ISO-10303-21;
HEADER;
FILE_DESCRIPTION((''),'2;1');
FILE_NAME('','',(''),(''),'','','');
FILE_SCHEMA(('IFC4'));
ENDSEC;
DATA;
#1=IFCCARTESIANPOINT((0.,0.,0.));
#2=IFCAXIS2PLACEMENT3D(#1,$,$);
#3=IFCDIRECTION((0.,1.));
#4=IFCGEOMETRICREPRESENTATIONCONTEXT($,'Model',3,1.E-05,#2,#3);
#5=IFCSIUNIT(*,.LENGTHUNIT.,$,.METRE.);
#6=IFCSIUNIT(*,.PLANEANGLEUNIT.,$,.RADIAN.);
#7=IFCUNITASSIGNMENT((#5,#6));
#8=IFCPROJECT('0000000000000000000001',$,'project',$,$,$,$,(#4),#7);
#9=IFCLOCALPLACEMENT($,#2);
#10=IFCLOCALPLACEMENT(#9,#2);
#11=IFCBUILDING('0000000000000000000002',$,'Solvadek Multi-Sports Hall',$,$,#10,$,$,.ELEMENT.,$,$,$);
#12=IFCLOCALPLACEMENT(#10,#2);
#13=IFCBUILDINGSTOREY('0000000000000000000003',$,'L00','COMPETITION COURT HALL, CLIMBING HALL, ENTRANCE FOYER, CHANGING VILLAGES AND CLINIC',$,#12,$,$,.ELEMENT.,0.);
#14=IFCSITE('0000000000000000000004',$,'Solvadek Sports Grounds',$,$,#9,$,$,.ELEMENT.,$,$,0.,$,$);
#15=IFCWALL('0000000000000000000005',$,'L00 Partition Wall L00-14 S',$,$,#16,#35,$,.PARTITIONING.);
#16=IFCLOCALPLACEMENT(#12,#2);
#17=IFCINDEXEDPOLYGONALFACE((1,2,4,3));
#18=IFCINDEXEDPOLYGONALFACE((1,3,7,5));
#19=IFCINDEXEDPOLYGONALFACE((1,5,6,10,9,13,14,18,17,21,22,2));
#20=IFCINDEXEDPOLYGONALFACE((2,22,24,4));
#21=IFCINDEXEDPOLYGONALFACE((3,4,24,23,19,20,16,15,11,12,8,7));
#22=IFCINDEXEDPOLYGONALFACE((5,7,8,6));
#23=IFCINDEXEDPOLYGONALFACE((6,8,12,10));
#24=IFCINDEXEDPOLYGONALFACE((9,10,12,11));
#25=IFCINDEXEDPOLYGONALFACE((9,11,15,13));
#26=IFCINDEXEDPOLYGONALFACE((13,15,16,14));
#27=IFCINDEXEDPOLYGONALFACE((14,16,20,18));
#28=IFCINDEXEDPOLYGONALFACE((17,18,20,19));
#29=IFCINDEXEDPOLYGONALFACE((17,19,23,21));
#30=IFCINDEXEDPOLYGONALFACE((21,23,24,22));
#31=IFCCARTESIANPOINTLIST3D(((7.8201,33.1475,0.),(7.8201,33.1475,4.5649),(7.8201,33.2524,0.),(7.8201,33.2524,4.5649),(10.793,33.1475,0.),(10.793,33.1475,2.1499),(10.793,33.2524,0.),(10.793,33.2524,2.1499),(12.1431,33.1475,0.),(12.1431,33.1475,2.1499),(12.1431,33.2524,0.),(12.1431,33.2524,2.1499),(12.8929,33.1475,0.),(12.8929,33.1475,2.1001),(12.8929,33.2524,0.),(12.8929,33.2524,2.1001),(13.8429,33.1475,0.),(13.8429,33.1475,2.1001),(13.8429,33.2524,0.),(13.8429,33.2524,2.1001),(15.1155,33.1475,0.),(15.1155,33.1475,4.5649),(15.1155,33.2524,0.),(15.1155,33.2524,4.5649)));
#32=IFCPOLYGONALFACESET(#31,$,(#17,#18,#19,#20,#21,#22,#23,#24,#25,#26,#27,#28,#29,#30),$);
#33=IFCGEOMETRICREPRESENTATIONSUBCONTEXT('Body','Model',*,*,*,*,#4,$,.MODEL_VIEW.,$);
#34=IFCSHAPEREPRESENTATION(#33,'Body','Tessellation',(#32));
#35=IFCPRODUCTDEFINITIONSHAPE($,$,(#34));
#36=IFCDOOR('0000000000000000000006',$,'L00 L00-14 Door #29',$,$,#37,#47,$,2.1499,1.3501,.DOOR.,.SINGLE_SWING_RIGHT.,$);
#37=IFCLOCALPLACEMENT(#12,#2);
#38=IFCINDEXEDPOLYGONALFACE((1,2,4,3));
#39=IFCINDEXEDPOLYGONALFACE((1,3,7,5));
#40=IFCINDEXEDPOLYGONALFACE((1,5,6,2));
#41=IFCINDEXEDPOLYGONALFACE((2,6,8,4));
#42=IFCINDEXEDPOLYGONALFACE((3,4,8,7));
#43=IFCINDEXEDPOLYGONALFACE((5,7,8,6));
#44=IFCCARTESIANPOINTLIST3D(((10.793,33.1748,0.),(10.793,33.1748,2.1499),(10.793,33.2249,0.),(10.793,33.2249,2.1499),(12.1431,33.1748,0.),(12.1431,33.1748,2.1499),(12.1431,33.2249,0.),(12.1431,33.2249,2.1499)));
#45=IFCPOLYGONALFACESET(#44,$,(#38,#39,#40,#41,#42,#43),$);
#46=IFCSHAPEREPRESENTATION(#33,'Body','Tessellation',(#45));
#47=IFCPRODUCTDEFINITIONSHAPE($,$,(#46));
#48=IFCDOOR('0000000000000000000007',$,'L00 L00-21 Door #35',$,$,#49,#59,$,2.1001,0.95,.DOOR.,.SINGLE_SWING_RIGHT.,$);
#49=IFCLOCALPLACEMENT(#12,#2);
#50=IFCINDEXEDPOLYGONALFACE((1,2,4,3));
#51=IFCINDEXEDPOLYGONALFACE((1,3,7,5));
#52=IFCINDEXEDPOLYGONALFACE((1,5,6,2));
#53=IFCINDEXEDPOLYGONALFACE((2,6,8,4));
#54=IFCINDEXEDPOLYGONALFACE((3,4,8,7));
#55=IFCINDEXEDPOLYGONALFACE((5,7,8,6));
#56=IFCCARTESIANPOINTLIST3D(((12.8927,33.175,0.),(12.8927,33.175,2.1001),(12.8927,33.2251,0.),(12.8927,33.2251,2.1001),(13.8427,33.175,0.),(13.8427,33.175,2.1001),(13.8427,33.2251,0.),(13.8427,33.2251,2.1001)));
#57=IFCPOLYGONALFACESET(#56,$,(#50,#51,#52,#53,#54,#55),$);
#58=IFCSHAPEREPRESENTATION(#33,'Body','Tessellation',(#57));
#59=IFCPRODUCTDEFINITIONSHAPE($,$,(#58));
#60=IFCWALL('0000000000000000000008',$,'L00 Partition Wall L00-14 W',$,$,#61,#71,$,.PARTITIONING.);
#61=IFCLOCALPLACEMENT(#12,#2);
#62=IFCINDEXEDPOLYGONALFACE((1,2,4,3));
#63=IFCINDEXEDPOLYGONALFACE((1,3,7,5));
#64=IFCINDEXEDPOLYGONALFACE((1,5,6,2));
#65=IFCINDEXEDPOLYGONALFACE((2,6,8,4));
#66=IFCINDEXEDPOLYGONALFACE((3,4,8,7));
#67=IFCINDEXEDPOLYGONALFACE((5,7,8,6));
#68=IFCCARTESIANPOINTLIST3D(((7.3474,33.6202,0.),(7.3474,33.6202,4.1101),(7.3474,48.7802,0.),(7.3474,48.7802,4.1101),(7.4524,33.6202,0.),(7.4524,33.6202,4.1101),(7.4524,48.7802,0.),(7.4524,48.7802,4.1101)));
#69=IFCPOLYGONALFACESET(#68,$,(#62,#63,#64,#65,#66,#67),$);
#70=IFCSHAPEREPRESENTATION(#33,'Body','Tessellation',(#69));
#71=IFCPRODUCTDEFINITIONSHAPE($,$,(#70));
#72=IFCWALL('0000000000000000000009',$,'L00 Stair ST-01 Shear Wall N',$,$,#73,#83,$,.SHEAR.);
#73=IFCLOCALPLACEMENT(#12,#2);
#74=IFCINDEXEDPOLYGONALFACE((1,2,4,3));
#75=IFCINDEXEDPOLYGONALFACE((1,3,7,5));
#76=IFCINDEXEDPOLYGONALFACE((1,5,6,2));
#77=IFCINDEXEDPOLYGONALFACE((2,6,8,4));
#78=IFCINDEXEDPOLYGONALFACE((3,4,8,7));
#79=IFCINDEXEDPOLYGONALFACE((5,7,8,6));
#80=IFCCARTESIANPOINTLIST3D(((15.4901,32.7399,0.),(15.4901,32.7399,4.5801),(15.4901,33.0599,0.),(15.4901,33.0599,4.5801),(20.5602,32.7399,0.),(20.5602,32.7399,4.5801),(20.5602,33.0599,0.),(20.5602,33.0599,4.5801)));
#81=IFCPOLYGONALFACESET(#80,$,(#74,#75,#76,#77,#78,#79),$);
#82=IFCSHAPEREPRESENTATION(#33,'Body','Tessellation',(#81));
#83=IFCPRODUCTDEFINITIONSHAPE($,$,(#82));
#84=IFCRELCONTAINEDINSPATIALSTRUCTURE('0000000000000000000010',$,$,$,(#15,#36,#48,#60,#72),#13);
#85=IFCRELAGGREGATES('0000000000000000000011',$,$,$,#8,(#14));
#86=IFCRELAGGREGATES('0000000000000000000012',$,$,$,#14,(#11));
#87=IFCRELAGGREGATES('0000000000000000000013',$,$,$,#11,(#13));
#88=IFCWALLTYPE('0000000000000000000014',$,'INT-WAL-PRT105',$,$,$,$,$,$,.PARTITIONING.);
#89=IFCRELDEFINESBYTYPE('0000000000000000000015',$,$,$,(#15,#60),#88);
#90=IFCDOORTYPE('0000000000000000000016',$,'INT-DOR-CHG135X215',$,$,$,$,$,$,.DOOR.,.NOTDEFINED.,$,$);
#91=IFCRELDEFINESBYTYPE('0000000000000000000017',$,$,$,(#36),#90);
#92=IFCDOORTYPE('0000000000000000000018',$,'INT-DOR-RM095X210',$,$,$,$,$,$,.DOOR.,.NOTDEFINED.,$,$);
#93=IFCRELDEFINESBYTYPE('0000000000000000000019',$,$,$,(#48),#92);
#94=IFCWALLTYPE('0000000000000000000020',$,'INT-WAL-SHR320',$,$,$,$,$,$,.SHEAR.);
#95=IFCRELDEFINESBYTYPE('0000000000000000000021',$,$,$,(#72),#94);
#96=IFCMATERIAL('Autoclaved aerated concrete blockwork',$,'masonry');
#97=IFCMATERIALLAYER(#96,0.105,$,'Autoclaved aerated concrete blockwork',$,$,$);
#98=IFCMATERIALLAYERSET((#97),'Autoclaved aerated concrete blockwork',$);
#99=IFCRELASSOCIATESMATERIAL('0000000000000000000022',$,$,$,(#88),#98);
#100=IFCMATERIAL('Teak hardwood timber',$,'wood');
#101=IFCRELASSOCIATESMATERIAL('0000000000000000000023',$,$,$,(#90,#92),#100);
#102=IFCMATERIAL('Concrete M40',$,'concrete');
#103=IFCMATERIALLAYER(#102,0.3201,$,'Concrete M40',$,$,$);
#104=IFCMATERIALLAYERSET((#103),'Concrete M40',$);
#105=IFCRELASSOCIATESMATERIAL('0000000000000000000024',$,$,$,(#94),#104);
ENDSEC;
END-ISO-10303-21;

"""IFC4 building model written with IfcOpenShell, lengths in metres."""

from ifc_helpers import new_model, si_unit, direction, frame, frame_2d, origin, place, context, subcontext, project, spatial, rectangle, extrude, material, layer, layer_set, type_object, element, fill, save


model = new_model("IFC4")

# Units and contexts
model_context = context("Model", 3, precision=1e-05, world=origin(), true_north=direction((0.0, 1.0)))
body_context = subcontext(model_context, "Body", "Model", "MODEL_VIEW")
ifc_project = project(units=[si_unit("LENGTHUNIT", "METRE"), si_unit("PLANEANGLEUNIT", "RADIAN")], contexts=[model_context])

# Site, building, storey
site_placement = place(None, origin())
site = spatial("IfcSite", under=ifc_project, at=site_placement, Name="Solvadek Sports Grounds", CompositionType="ELEMENT", RefElevation=0.0)
building_placement = place(site_placement, origin())
building = spatial("IfcBuilding", under=site, at=building_placement, Name="Solvadek Multi-Sports Hall", CompositionType="ELEMENT")
storey_placement = place(building_placement, origin())
storey = spatial("IfcBuildingStorey", under=building, at=storey_placement, Name="L00", Description="COMPETITION COURT HALL, CLIMBING HALL, ENTRANCE FOYER, CHANGING VILLAGES AND CLINIC", CompositionType="ELEMENT", Elevation=0.0)

# Wall, openings, doors
ifc_material_1 = material(Name="Autoclaved aerated concrete blockwork", Category="masonry")
ifc_layer_1 = layer(ifc_material_1, 0.105, Name="Autoclaved aerated concrete blockwork")
ifc_layer_set_1 = layer_set([ifc_layer_1], Name="Autoclaved aerated concrete blockwork")
wall_type_1 = type_object("IfcWallType", Name="INT-WAL-PRT105", PredefinedType="PARTITIONING", material=ifc_layer_set_1)
wall_1_placement = place(storey_placement, frame((7.8201, 33.2, 0.0), z_axis=(0.0, 0.0, 1.0), x_axis=(1.0, 0.0, 0.0)))
wall_1 = element("IfcWall", 1, at=wall_1_placement, inside=storey, type_object=wall_type_1, Name="L00 Partition Wall L00-14 S", PredefinedType="PARTITIONING", context=body_context, shape_type="SweptSolid", body=[
    extrude(rectangle(XDim=7.2954, YDim=0.105, at=frame_2d((3.6477, 0.0))), origin(), (0.0, 0.0, 1.0), 4.5649),
])
opening_1_placement = place(wall_1_placement, frame((2.9729, 0.0, 0.0)))
opening_1 = element("IfcOpeningElement", 2, at=opening_1_placement, cuts=wall_1, PredefinedType="OPENING", context=body_context, shape_type="SweptSolid", body=[
    extrude(rectangle(XDim=1.3501, YDim=2.1499, at=frame_2d((0.675, 1.075))), frame((0.0, 0.0625, 0.0), z_axis=(0.0, -1.0, 0.0), x_axis=(1.0, 0.0, 0.0)), (0.0, 0.0, 1.0), 0.125),
])
opening_2_placement = place(wall_1_placement, frame((5.0728, 0.0, 0.0)))
opening_2 = element("IfcOpeningElement", 3, at=opening_2_placement, cuts=wall_1, PredefinedType="OPENING", context=body_context, shape_type="SweptSolid", body=[
    extrude(rectangle(XDim=0.95, YDim=2.1001, at=frame_2d((0.4751, 1.05))), frame((0.0, 0.0625, 0.0), z_axis=(0.0, -1.0, 0.0), x_axis=(1.0, 0.0, 0.0)), (0.0, 0.0, 1.0), 0.125),
])
ifc_material_2 = material(Name="Teak hardwood timber", Category="wood")
door_type_1 = type_object("IfcDoorType", Name="INT-DOR-CHG135X215", OperationType="NOTDEFINED", PredefinedType="DOOR", material=ifc_material_2)
door_1_placement = place(opening_1_placement, origin())
door_1 = element("IfcDoor", 4, at=door_1_placement, inside=storey, type_object=door_type_1, Name="L00 L00-14 Door #29", OperationType="SINGLE_SWING_RIGHT", OverallHeight=2.1499, OverallWidth=1.3501, PredefinedType="DOOR", context=body_context, shape_type="SweptSolid", body=[
    extrude(rectangle(XDim=1.3501, YDim=2.1499, at=frame_2d((0.675, 1.075))), frame((0.0, 0.0249, 0.0), z_axis=(0.0, -1.0, 0.0), x_axis=(1.0, 0.0, 0.0)), (0.0, 0.0, 1.0), 0.05),
])
fill(opening_1, door_1)
door_type_2 = type_object("IfcDoorType", Name="INT-DOR-RM095X210", OperationType="NOTDEFINED", PredefinedType="DOOR", material=ifc_material_2)
door_2_placement = place(opening_2_placement, frame((0.95, 0.0, 0.0), z_axis=(0.0, 0.0, 1.0), x_axis=(-1.0, 0.0, 0.0)))
door_2 = element("IfcDoor", 5, at=door_2_placement, inside=storey, type_object=door_type_2, Name="L00 L00-21 Door #35", OperationType="SINGLE_SWING_RIGHT", OverallHeight=2.1001, OverallWidth=0.95, PredefinedType="DOOR", context=body_context, shape_type="SweptSolid", body=[
    extrude(rectangle(XDim=0.95, YDim=2.1001, at=frame_2d((0.4751, 1.05))), frame((0.0, 0.0249, 0.0), z_axis=(0.0, -1.0, 0.0), x_axis=(1.0, 0.0, 0.0)), (0.0, 0.0, 1.0), 0.05),
])
fill(opening_2, door_2)

# Walls
wall_2_placement = place(storey_placement, frame((7.3999, 33.6201, 0.0), z_axis=(0.0, 0.0, 1.0), x_axis=(0.0, 1.0, 0.0)))
element("IfcWall", 6, at=wall_2_placement, inside=storey, type_object=wall_type_1, Name="L00 Partition Wall L00-14 W", PredefinedType="PARTITIONING", context=body_context, shape_type="SweptSolid", body=[
    extrude(rectangle(XDim=15.1599, YDim=0.105, at=frame_2d((7.5801, 0.0))), origin(), (0.0, 0.0, 1.0), 4.1101),
])
ifc_material_3 = material(Name="Concrete M40", Category="concrete")
ifc_layer_2 = layer(ifc_material_3, 0.3201, Name="Concrete M40")
ifc_layer_set_2 = layer_set([ifc_layer_2], Name="Concrete M40")
wall_type_2 = type_object("IfcWallType", Name="INT-WAL-SHR320", PredefinedType="SHEAR", material=ifc_layer_set_2)
wall_3_placement = place(storey_placement, frame((15.49, 32.8999, 0.0), z_axis=(0.0, 0.0, 1.0), x_axis=(1.0, 0.0, 0.0)))
element("IfcWall", 7, at=wall_3_placement, inside=storey, type_object=wall_type_2, Name="L00 Stair ST-01 Shear Wall N", PredefinedType="SHEAR", context=body_context, shape_type="SweptSolid", body=[
    extrude(rectangle(XDim=5.0701, YDim=0.3201, at=frame_2d((2.5352, 0.0))), origin(), (0.0, 0.0, 1.0), 4.5801),
])

save(model, "model.ifc")
